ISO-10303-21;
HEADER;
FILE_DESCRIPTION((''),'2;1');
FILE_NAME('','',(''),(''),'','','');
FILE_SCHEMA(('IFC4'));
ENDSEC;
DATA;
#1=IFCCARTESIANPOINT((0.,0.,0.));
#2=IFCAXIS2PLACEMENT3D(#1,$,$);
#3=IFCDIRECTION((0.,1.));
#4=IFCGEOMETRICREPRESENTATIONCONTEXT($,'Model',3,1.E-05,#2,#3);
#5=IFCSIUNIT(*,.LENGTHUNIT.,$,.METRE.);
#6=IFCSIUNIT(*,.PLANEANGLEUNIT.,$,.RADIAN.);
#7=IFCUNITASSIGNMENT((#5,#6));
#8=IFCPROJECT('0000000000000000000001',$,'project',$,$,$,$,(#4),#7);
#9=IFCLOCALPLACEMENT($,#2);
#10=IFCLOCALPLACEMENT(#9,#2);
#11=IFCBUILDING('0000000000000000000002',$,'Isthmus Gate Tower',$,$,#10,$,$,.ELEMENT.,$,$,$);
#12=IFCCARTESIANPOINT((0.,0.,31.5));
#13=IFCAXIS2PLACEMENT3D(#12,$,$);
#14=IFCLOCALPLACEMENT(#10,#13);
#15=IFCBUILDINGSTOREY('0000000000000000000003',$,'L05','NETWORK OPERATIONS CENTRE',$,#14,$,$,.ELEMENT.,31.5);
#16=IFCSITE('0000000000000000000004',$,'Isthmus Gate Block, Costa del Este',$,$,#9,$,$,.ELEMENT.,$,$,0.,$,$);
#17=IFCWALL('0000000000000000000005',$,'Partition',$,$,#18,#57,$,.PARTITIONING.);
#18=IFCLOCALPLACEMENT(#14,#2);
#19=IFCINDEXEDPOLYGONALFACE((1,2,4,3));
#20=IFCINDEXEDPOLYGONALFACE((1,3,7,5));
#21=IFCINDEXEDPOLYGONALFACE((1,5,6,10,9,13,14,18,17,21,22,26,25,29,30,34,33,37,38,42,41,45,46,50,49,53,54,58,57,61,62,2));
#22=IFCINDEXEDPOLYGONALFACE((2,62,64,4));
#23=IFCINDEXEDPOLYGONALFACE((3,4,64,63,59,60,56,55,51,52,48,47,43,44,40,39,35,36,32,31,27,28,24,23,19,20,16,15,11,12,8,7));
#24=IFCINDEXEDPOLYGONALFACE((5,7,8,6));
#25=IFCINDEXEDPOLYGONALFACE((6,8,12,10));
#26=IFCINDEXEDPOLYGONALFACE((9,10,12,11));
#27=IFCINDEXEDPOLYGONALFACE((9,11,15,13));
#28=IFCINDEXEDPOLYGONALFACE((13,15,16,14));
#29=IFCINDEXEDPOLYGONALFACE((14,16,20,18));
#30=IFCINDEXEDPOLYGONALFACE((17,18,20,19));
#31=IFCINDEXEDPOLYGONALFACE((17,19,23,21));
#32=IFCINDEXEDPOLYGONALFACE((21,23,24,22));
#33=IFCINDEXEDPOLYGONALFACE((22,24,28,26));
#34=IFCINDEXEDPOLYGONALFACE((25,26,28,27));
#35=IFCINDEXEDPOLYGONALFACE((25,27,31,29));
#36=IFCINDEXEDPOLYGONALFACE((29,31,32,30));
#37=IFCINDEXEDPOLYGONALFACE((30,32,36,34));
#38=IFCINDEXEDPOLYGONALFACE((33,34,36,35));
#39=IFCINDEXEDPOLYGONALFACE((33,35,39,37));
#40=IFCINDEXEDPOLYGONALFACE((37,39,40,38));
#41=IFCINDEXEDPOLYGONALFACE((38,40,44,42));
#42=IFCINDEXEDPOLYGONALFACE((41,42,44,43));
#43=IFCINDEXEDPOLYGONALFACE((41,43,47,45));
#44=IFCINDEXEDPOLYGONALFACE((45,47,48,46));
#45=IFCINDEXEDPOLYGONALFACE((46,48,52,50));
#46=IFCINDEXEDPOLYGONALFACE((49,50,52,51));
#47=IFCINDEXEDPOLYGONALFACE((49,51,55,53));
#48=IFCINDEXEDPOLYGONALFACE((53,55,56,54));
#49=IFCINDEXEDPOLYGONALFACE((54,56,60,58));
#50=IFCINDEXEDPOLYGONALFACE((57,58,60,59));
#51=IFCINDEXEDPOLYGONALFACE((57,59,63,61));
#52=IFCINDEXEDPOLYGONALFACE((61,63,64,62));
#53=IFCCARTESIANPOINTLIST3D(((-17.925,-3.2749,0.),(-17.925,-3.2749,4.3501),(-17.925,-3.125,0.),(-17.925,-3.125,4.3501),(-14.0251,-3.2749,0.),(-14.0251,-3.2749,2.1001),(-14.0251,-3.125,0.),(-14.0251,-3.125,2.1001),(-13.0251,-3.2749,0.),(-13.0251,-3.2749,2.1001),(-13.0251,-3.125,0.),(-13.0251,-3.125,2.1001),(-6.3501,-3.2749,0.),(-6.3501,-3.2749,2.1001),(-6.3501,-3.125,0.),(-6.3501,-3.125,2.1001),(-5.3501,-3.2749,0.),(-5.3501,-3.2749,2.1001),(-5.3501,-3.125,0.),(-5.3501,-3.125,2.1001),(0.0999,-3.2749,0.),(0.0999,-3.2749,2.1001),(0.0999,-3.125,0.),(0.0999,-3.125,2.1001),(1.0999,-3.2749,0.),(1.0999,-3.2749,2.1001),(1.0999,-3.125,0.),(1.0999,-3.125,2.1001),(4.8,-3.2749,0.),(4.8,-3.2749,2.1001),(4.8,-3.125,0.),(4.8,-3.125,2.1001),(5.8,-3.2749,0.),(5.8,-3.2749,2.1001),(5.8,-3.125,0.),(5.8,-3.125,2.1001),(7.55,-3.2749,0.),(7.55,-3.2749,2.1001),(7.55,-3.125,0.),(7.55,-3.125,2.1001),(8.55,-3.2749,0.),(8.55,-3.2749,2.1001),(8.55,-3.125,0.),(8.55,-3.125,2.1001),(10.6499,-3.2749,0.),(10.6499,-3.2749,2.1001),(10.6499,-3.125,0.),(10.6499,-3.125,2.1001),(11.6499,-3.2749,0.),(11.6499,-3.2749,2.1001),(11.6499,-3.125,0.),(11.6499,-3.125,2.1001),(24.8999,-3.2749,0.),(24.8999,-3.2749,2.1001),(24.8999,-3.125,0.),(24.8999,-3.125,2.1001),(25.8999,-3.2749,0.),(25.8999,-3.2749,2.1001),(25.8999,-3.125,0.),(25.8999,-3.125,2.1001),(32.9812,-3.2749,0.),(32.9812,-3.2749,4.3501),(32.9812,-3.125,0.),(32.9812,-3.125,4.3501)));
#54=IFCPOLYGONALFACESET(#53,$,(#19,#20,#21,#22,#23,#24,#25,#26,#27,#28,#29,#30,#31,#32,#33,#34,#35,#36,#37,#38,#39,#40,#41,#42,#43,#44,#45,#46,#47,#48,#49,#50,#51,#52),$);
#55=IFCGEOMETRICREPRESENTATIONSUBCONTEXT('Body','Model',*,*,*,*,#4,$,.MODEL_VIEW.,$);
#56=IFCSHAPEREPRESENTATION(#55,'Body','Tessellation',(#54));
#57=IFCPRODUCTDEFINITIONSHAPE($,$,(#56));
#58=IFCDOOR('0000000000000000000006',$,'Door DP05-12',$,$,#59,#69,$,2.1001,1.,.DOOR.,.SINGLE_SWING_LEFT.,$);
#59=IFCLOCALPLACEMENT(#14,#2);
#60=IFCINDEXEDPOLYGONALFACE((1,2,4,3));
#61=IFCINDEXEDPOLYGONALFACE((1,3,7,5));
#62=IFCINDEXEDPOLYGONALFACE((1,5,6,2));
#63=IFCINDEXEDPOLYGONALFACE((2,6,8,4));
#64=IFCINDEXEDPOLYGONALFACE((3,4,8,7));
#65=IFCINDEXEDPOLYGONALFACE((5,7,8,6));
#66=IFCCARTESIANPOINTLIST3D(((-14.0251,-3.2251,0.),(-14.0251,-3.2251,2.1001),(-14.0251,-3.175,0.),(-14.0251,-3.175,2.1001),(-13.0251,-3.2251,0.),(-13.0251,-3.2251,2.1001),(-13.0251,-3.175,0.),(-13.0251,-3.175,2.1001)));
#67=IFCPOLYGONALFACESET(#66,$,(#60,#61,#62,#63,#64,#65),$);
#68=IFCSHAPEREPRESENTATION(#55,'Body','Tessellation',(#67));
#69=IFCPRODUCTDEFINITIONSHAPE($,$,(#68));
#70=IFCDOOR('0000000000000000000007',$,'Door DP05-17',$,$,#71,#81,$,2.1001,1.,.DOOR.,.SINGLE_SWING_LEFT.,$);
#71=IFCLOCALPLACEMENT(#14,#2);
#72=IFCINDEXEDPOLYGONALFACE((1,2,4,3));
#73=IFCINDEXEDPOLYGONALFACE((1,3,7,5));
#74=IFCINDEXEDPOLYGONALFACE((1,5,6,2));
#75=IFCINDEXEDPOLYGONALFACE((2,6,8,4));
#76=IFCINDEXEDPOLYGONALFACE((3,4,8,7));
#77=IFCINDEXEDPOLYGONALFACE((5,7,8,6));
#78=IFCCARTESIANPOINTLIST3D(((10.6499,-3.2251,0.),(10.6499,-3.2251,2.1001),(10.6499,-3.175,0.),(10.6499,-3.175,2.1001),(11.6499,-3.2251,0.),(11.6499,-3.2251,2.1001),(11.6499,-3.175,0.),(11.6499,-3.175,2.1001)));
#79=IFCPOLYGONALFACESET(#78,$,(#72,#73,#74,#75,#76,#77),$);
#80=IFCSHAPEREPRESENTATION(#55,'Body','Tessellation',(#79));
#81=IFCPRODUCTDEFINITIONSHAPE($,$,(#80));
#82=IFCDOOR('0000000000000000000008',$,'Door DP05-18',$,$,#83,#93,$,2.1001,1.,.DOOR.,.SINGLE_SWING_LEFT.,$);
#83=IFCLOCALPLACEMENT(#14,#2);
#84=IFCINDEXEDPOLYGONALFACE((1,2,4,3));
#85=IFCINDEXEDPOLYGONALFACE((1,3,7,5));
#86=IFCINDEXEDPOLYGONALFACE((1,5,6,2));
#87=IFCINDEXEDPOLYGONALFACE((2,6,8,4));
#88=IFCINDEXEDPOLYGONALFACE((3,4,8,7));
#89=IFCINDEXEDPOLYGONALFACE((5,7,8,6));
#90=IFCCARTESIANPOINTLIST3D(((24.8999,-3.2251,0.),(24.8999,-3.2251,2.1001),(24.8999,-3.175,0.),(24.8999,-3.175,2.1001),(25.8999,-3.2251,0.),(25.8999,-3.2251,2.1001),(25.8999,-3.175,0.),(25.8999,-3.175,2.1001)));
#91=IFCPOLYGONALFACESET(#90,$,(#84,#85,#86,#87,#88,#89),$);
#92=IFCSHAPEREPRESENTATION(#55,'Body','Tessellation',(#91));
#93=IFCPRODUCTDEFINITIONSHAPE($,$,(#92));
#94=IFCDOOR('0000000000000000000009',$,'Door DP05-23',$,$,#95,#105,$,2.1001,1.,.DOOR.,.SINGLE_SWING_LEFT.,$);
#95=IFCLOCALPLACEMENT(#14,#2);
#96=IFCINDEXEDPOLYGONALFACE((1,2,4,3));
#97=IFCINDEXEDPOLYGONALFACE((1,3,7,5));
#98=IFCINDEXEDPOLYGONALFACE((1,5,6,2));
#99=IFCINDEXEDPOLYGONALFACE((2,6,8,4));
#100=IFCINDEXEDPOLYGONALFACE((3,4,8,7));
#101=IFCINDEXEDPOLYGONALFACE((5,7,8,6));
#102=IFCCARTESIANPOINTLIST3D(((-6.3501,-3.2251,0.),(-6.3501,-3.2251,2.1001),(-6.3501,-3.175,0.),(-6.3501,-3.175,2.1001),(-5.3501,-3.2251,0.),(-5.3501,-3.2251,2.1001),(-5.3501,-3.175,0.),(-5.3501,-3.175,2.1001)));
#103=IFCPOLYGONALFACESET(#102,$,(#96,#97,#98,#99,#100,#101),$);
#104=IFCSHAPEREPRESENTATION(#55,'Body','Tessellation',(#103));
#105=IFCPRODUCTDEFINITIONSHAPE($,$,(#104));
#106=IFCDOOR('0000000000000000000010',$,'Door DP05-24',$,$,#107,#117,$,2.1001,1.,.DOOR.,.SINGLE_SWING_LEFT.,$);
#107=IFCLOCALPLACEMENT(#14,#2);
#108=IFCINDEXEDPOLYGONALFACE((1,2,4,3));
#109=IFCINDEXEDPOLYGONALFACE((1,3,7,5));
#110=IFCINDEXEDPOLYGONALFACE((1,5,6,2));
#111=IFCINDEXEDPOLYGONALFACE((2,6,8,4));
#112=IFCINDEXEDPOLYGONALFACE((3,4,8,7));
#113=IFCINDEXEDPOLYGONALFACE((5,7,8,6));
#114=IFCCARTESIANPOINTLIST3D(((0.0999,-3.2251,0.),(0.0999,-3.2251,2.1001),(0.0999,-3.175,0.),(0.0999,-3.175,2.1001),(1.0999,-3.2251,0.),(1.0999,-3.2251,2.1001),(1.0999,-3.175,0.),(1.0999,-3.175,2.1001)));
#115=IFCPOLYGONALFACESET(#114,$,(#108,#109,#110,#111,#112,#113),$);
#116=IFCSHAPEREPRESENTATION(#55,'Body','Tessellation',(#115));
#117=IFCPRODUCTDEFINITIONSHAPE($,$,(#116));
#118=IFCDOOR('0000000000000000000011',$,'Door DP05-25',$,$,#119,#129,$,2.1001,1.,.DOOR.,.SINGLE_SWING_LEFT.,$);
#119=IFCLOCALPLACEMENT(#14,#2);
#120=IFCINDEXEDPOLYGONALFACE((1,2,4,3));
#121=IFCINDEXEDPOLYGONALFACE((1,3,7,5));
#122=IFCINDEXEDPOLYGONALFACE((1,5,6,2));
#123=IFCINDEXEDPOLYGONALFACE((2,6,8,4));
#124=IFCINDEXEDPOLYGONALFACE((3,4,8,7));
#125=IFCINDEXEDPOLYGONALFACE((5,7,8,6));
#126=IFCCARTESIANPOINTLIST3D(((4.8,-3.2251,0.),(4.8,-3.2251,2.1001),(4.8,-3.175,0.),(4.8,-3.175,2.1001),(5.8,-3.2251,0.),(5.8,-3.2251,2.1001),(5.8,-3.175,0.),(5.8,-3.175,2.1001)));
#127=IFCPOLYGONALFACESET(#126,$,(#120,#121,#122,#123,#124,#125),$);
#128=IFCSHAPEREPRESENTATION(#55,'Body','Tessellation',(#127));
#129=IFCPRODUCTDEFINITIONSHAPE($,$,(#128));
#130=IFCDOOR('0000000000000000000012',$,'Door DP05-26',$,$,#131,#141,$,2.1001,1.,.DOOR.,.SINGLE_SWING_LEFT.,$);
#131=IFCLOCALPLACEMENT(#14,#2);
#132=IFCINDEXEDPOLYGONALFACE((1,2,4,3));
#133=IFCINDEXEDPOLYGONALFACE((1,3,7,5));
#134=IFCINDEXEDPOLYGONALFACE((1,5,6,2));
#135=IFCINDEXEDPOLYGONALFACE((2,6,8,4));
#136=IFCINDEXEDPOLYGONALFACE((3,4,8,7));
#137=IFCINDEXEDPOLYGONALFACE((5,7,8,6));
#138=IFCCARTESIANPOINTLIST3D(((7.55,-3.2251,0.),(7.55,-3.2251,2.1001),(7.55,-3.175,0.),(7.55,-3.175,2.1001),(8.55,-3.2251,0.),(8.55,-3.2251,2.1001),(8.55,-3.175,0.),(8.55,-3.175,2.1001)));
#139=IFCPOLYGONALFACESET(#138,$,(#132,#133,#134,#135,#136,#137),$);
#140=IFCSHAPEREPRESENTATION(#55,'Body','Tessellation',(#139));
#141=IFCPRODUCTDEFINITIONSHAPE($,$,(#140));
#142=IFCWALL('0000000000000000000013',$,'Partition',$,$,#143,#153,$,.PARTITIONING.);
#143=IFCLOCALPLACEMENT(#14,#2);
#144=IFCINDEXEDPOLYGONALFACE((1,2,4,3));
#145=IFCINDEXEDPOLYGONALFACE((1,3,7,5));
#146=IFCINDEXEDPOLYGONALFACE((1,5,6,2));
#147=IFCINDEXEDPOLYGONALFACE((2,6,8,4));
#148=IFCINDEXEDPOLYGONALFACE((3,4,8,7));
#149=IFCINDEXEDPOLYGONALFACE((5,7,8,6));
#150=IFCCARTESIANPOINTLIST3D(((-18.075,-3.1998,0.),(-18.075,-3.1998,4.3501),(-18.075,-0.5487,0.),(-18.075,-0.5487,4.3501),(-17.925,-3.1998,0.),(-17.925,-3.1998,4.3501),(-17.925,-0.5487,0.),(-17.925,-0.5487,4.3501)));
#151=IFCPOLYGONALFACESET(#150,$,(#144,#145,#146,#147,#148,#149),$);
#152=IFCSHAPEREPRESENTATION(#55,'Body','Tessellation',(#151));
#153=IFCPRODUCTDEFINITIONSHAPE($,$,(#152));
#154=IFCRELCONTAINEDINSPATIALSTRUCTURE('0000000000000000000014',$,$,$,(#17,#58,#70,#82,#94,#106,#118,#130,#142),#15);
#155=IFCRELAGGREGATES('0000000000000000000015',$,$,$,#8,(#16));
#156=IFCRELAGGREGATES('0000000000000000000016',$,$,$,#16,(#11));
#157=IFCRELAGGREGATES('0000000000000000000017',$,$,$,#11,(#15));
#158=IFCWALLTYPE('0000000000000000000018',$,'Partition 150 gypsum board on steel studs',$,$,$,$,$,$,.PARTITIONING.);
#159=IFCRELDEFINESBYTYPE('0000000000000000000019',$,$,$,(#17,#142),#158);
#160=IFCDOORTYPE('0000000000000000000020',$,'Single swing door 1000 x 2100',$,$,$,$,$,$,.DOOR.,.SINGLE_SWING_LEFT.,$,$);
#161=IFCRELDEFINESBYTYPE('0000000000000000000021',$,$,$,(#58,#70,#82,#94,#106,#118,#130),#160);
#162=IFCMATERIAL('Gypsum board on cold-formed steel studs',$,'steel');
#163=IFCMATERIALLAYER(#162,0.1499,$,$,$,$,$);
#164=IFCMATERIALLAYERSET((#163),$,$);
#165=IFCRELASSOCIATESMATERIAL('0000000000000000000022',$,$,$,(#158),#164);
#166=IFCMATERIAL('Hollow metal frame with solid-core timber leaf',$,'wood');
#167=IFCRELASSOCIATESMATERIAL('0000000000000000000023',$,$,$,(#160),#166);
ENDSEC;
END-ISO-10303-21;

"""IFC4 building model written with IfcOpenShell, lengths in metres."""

from ifc_helpers import new_model, si_unit, direction, frame, frame_2d, origin, place, context, subcontext, project, spatial, rectangle, extrude, material, layer, layer_set, type_object, element, fill, save


model = new_model("IFC4")

# Units and contexts
model_context = context("Model", 3, precision=1e-05, world=origin(), true_north=direction((0.0, 1.0)))
body_context = subcontext(model_context, "Body", "Model", "MODEL_VIEW")
ifc_project = project(units=[si_unit("LENGTHUNIT", "METRE"), si_unit("PLANEANGLEUNIT", "RADIAN")], contexts=[model_context])

# Site, building, storey
site_placement = place(None, origin())
site = spatial("IfcSite", under=ifc_project, at=site_placement, Name="Isthmus Gate Block, Costa del Este", CompositionType="ELEMENT", RefElevation=0.0)
building_placement = place(site_placement, origin())
building = spatial("IfcBuilding", under=site, at=building_placement, Name="Isthmus Gate Tower", CompositionType="ELEMENT")
storey_placement = place(building_placement, frame((0.0, 0.0, 31.5)))
storey = spatial("IfcBuildingStorey", under=building, at=storey_placement, Name="L05", Description="NETWORK OPERATIONS CENTRE", CompositionType="ELEMENT", Elevation=31.5)

# Wall, openings, doors
ifc_material_1 = material(Name="Gypsum board on cold-formed steel studs", Category="steel")
ifc_layer_1 = layer(ifc_material_1, 0.1499)
ifc_layer_set_1 = layer_set([ifc_layer_1])
wall_type_1 = type_object("IfcWallType", Name="Partition 150 gypsum board on steel studs", PredefinedType="PARTITIONING", material=ifc_layer_set_1)
wall_1_placement = place(storey_placement, frame((-17.925, -3.2, 0.0), z_axis=(0.0, 0.0, 1.0), x_axis=(1.0, 0.0, 0.0)))
wall_1 = element("IfcWall", 1, at=wall_1_placement, inside=storey, type_object=wall_type_1, Name="Partition", PredefinedType="PARTITIONING", context=body_context, shape_type="SweptSolid", body=[
    extrude(rectangle(XDim=50.9062, YDim=0.1499, at=frame_2d((25.4531, 0.0))), origin(), (0.0, 0.0, 1.0), 4.3501),
])
opening_1_placement = place(wall_1_placement, frame((3.8999, 0.0, 0.0)))
opening_1 = element("IfcOpeningElement", 2, at=opening_1_placement, cuts=wall_1, PredefinedType="OPENING", context=body_context, shape_type="SweptSolid", body=[
    extrude(rectangle(XDim=1.0, YDim=2.1001, at=frame_2d((0.5, 1.05))), frame((0.0, 0.085, 0.0), z_axis=(0.0, -1.0, 0.0), x_axis=(1.0, 0.0, 0.0)), (0.0, 0.0, 1.0), 0.1699),
])
opening_2_placement = place(wall_1_placement, frame((28.575, 0.0, 0.0)))
opening_2 = element("IfcOpeningElement", 3, at=opening_2_placement, cuts=wall_1, PredefinedType="OPENING", context=body_context, shape_type="SweptSolid", body=[
    extrude(rectangle(XDim=1.0, YDim=2.1001, at=frame_2d((0.5, 1.05))), frame((0.0, 0.085, 0.0), z_axis=(0.0, -1.0, 0.0), x_axis=(1.0, 0.0, 0.0)), (0.0, 0.0, 1.0), 0.1699),
])
opening_3_placement = place(wall_1_placement, frame((42.825, 0.0, 0.0)))
opening_3 = element("IfcOpeningElement", 4, at=opening_3_placement, cuts=wall_1, PredefinedType="OPENING", context=body_context, shape_type="SweptSolid", body=[
    extrude(rectangle(XDim=1.0, YDim=2.1001, at=frame_2d((0.5, 1.05))), frame((0.0, 0.085, 0.0), z_axis=(0.0, -1.0, 0.0), x_axis=(1.0, 0.0, 0.0)), (0.0, 0.0, 1.0), 0.1699),
])
opening_4_placement = place(wall_1_placement, frame((11.575, 0.0, 0.0)))
opening_4 = element("IfcOpeningElement", 5, at=opening_4_placement, cuts=wall_1, PredefinedType="OPENING", context=body_context, shape_type="SweptSolid", body=[
    extrude(rectangle(XDim=1.0, YDim=2.1001, at=frame_2d((0.5, 1.05))), frame((0.0, 0.085, 0.0), z_axis=(0.0, -1.0, 0.0), x_axis=(1.0, 0.0, 0.0)), (0.0, 0.0, 1.0), 0.1699),
])
opening_5_placement = place(wall_1_placement, frame((18.0249, 0.0, 0.0)))
opening_5 = element("IfcOpeningElement", 6, at=opening_5_placement, cuts=wall_1, PredefinedType="OPENING", context=body_context, shape_type="SweptSolid", body=[
    extrude(rectangle(XDim=1.0, YDim=2.1001, at=frame_2d((0.5, 1.05))), frame((0.0, 0.085, 0.0), z_axis=(0.0, -1.0, 0.0), x_axis=(1.0, 0.0, 0.0)), (0.0, 0.0, 1.0), 0.1699),
])
opening_6_placement = place(wall_1_placement, frame((22.7251, 0.0, 0.0)))
opening_6 = element("IfcOpeningElement", 7, at=opening_6_placement, cuts=wall_1, PredefinedType="OPENING", context=body_context, shape_type="SweptSolid", body=[
    extrude(rectangle(XDim=1.0, YDim=2.1001, at=frame_2d((0.5, 1.05))), frame((0.0, 0.085, 0.0), z_axis=(0.0, -1.0, 0.0), x_axis=(1.0, 0.0, 0.0)), (0.0, 0.0, 1.0), 0.1699),
])
opening_7_placement = place(wall_1_placement, frame((25.4751, 0.0, 0.0)))
opening_7 = element("IfcOpeningElement", 8, at=opening_7_placement, cuts=wall_1, PredefinedType="OPENING", context=body_context, shape_type="SweptSolid", body=[
    extrude(rectangle(XDim=1.0, YDim=2.1001, at=frame_2d((0.5, 1.05))), frame((0.0, 0.085, 0.0), z_axis=(0.0, -1.0, 0.0), x_axis=(1.0, 0.0, 0.0)), (0.0, 0.0, 1.0), 0.1699),
])
ifc_material_2 = material(Name="Hollow metal frame with solid-core timber leaf", Category="wood")
door_type_1 = type_object("IfcDoorType", Name="Single swing door 1000 x 2100", OperationType="SINGLE_SWING_LEFT", PredefinedType="DOOR", material=ifc_material_2)
door_1_placement = place(opening_1_placement, origin())
door_1 = element("IfcDoor", 9, at=door_1_placement, inside=storey, type_object=door_type_1, Name="Door DP05-12", OperationType="SINGLE_SWING_LEFT", OverallHeight=2.1001, OverallWidth=1.0, PredefinedType="DOOR", context=body_context, shape_type="SweptSolid", body=[
    extrude(rectangle(XDim=1.0, YDim=2.1001, at=frame_2d((0.5, 1.05))), frame((0.0, 0.0249, 0.0), z_axis=(0.0, -1.0, 0.0), x_axis=(1.0, 0.0, 0.0)), (0.0, 0.0, 1.0), 0.05),
])
fill(opening_1, door_1)
door_2_placement = place(opening_2_placement, origin())
door_2 = element("IfcDoor", 10, at=door_2_placement, inside=storey, type_object=door_type_1, Name="Door DP05-17", OperationType="SINGLE_SWING_LEFT", OverallHeight=2.1001, OverallWidth=1.0, PredefinedType="DOOR", context=body_context, shape_type="SweptSolid", body=[
    extrude(rectangle(XDim=1.0, YDim=2.1001, at=frame_2d((0.5, 1.05))), frame((0.0, 0.0249, 0.0), z_axis=(0.0, -1.0, 0.0), x_axis=(1.0, 0.0, 0.0)), (0.0, 0.0, 1.0), 0.05),
])
fill(opening_2, door_2)
door_3_placement = place(opening_3_placement, origin())
door_3 = element("IfcDoor", 11, at=door_3_placement, inside=storey, type_object=door_type_1, Name="Door DP05-18", OperationType="SINGLE_SWING_LEFT", OverallHeight=2.1001, OverallWidth=1.0, PredefinedType="DOOR", context=body_context, shape_type="SweptSolid", body=[
    extrude(rectangle(XDim=1.0, YDim=2.1001, at=frame_2d((0.5, 1.05))), frame((0.0, 0.0249, 0.0), z_axis=(0.0, -1.0, 0.0), x_axis=(1.0, 0.0, 0.0)), (0.0, 0.0, 1.0), 0.05),
])
fill(opening_3, door_3)
door_4_placement = place(opening_4_placement, origin())
door_4 = element("IfcDoor", 12, at=door_4_placement, inside=storey, type_object=door_type_1, Name="Door DP05-23", OperationType="SINGLE_SWING_LEFT", OverallHeight=2.1001, OverallWidth=1.0, PredefinedType="DOOR", context=body_context, shape_type="SweptSolid", body=[
    extrude(rectangle(XDim=1.0, YDim=2.1001, at=frame_2d((0.5, 1.05))), frame((0.0, 0.0249, 0.0), z_axis=(0.0, -1.0, 0.0), x_axis=(1.0, 0.0, 0.0)), (0.0, 0.0, 1.0), 0.05),
])
fill(opening_4, door_4)
door_5_placement = place(opening_5_placement, origin())
door_5 = element("IfcDoor", 13, at=door_5_placement, inside=storey, type_object=door_type_1, Name="Door DP05-24", OperationType="SINGLE_SWING_LEFT", OverallHeight=2.1001, OverallWidth=1.0, PredefinedType="DOOR", context=body_context, shape_type="SweptSolid", body=[
    extrude(rectangle(XDim=1.0, YDim=2.1001, at=frame_2d((0.5, 1.05))), frame((0.0, 0.0249, 0.0), z_axis=(0.0, -1.0, 0.0), x_axis=(1.0, 0.0, 0.0)), (0.0, 0.0, 1.0), 0.05),
])
fill(opening_5, door_5)
door_6_placement = place(opening_6_placement, origin())
door_6 = element("IfcDoor", 14, at=door_6_placement, inside=storey, type_object=door_type_1, Name="Door DP05-25", OperationType="SINGLE_SWING_LEFT", OverallHeight=2.1001, OverallWidth=1.0, PredefinedType="DOOR", context=body_context, shape_type="SweptSolid", body=[
    extrude(rectangle(XDim=1.0, YDim=2.1001, at=frame_2d((0.5, 1.05))), frame((0.0, 0.0249, 0.0), z_axis=(0.0, -1.0, 0.0), x_axis=(1.0, 0.0, 0.0)), (0.0, 0.0, 1.0), 0.05),
])
fill(opening_6, door_6)
door_7_placement = place(opening_7_placement, origin())
door_7 = element("IfcDoor", 15, at=door_7_placement, inside=storey, type_object=door_type_1, Name="Door DP05-26", OperationType="SINGLE_SWING_LEFT", OverallHeight=2.1001, OverallWidth=1.0, PredefinedType="DOOR", context=body_context, shape_type="SweptSolid", body=[
    extrude(rectangle(XDim=1.0, YDim=2.1001, at=frame_2d((0.5, 1.05))), frame((0.0, 0.0249, 0.0), z_axis=(0.0, -1.0, 0.0), x_axis=(1.0, 0.0, 0.0)), (0.0, 0.0, 1.0), 0.05),
])
fill(opening_7, door_7)

# Wall
wall_2_placement = place(storey_placement, frame((-18.0, -3.2, 0.0), z_axis=(0.0, 0.0, 1.0), x_axis=(0.0, 1.0, 0.0)))
element("IfcWall", 16, at=wall_2_placement, inside=storey, type_object=wall_type_1, Name="Partition", PredefinedType="PARTITIONING", context=body_context, shape_type="SweptSolid", body=[
    extrude(rectangle(XDim=2.6511, YDim=0.1499, at=frame_2d((1.3257, 0.0))), origin(), (0.0, 0.0, 1.0), 4.3501),
])

save(model, "model.ifc")
